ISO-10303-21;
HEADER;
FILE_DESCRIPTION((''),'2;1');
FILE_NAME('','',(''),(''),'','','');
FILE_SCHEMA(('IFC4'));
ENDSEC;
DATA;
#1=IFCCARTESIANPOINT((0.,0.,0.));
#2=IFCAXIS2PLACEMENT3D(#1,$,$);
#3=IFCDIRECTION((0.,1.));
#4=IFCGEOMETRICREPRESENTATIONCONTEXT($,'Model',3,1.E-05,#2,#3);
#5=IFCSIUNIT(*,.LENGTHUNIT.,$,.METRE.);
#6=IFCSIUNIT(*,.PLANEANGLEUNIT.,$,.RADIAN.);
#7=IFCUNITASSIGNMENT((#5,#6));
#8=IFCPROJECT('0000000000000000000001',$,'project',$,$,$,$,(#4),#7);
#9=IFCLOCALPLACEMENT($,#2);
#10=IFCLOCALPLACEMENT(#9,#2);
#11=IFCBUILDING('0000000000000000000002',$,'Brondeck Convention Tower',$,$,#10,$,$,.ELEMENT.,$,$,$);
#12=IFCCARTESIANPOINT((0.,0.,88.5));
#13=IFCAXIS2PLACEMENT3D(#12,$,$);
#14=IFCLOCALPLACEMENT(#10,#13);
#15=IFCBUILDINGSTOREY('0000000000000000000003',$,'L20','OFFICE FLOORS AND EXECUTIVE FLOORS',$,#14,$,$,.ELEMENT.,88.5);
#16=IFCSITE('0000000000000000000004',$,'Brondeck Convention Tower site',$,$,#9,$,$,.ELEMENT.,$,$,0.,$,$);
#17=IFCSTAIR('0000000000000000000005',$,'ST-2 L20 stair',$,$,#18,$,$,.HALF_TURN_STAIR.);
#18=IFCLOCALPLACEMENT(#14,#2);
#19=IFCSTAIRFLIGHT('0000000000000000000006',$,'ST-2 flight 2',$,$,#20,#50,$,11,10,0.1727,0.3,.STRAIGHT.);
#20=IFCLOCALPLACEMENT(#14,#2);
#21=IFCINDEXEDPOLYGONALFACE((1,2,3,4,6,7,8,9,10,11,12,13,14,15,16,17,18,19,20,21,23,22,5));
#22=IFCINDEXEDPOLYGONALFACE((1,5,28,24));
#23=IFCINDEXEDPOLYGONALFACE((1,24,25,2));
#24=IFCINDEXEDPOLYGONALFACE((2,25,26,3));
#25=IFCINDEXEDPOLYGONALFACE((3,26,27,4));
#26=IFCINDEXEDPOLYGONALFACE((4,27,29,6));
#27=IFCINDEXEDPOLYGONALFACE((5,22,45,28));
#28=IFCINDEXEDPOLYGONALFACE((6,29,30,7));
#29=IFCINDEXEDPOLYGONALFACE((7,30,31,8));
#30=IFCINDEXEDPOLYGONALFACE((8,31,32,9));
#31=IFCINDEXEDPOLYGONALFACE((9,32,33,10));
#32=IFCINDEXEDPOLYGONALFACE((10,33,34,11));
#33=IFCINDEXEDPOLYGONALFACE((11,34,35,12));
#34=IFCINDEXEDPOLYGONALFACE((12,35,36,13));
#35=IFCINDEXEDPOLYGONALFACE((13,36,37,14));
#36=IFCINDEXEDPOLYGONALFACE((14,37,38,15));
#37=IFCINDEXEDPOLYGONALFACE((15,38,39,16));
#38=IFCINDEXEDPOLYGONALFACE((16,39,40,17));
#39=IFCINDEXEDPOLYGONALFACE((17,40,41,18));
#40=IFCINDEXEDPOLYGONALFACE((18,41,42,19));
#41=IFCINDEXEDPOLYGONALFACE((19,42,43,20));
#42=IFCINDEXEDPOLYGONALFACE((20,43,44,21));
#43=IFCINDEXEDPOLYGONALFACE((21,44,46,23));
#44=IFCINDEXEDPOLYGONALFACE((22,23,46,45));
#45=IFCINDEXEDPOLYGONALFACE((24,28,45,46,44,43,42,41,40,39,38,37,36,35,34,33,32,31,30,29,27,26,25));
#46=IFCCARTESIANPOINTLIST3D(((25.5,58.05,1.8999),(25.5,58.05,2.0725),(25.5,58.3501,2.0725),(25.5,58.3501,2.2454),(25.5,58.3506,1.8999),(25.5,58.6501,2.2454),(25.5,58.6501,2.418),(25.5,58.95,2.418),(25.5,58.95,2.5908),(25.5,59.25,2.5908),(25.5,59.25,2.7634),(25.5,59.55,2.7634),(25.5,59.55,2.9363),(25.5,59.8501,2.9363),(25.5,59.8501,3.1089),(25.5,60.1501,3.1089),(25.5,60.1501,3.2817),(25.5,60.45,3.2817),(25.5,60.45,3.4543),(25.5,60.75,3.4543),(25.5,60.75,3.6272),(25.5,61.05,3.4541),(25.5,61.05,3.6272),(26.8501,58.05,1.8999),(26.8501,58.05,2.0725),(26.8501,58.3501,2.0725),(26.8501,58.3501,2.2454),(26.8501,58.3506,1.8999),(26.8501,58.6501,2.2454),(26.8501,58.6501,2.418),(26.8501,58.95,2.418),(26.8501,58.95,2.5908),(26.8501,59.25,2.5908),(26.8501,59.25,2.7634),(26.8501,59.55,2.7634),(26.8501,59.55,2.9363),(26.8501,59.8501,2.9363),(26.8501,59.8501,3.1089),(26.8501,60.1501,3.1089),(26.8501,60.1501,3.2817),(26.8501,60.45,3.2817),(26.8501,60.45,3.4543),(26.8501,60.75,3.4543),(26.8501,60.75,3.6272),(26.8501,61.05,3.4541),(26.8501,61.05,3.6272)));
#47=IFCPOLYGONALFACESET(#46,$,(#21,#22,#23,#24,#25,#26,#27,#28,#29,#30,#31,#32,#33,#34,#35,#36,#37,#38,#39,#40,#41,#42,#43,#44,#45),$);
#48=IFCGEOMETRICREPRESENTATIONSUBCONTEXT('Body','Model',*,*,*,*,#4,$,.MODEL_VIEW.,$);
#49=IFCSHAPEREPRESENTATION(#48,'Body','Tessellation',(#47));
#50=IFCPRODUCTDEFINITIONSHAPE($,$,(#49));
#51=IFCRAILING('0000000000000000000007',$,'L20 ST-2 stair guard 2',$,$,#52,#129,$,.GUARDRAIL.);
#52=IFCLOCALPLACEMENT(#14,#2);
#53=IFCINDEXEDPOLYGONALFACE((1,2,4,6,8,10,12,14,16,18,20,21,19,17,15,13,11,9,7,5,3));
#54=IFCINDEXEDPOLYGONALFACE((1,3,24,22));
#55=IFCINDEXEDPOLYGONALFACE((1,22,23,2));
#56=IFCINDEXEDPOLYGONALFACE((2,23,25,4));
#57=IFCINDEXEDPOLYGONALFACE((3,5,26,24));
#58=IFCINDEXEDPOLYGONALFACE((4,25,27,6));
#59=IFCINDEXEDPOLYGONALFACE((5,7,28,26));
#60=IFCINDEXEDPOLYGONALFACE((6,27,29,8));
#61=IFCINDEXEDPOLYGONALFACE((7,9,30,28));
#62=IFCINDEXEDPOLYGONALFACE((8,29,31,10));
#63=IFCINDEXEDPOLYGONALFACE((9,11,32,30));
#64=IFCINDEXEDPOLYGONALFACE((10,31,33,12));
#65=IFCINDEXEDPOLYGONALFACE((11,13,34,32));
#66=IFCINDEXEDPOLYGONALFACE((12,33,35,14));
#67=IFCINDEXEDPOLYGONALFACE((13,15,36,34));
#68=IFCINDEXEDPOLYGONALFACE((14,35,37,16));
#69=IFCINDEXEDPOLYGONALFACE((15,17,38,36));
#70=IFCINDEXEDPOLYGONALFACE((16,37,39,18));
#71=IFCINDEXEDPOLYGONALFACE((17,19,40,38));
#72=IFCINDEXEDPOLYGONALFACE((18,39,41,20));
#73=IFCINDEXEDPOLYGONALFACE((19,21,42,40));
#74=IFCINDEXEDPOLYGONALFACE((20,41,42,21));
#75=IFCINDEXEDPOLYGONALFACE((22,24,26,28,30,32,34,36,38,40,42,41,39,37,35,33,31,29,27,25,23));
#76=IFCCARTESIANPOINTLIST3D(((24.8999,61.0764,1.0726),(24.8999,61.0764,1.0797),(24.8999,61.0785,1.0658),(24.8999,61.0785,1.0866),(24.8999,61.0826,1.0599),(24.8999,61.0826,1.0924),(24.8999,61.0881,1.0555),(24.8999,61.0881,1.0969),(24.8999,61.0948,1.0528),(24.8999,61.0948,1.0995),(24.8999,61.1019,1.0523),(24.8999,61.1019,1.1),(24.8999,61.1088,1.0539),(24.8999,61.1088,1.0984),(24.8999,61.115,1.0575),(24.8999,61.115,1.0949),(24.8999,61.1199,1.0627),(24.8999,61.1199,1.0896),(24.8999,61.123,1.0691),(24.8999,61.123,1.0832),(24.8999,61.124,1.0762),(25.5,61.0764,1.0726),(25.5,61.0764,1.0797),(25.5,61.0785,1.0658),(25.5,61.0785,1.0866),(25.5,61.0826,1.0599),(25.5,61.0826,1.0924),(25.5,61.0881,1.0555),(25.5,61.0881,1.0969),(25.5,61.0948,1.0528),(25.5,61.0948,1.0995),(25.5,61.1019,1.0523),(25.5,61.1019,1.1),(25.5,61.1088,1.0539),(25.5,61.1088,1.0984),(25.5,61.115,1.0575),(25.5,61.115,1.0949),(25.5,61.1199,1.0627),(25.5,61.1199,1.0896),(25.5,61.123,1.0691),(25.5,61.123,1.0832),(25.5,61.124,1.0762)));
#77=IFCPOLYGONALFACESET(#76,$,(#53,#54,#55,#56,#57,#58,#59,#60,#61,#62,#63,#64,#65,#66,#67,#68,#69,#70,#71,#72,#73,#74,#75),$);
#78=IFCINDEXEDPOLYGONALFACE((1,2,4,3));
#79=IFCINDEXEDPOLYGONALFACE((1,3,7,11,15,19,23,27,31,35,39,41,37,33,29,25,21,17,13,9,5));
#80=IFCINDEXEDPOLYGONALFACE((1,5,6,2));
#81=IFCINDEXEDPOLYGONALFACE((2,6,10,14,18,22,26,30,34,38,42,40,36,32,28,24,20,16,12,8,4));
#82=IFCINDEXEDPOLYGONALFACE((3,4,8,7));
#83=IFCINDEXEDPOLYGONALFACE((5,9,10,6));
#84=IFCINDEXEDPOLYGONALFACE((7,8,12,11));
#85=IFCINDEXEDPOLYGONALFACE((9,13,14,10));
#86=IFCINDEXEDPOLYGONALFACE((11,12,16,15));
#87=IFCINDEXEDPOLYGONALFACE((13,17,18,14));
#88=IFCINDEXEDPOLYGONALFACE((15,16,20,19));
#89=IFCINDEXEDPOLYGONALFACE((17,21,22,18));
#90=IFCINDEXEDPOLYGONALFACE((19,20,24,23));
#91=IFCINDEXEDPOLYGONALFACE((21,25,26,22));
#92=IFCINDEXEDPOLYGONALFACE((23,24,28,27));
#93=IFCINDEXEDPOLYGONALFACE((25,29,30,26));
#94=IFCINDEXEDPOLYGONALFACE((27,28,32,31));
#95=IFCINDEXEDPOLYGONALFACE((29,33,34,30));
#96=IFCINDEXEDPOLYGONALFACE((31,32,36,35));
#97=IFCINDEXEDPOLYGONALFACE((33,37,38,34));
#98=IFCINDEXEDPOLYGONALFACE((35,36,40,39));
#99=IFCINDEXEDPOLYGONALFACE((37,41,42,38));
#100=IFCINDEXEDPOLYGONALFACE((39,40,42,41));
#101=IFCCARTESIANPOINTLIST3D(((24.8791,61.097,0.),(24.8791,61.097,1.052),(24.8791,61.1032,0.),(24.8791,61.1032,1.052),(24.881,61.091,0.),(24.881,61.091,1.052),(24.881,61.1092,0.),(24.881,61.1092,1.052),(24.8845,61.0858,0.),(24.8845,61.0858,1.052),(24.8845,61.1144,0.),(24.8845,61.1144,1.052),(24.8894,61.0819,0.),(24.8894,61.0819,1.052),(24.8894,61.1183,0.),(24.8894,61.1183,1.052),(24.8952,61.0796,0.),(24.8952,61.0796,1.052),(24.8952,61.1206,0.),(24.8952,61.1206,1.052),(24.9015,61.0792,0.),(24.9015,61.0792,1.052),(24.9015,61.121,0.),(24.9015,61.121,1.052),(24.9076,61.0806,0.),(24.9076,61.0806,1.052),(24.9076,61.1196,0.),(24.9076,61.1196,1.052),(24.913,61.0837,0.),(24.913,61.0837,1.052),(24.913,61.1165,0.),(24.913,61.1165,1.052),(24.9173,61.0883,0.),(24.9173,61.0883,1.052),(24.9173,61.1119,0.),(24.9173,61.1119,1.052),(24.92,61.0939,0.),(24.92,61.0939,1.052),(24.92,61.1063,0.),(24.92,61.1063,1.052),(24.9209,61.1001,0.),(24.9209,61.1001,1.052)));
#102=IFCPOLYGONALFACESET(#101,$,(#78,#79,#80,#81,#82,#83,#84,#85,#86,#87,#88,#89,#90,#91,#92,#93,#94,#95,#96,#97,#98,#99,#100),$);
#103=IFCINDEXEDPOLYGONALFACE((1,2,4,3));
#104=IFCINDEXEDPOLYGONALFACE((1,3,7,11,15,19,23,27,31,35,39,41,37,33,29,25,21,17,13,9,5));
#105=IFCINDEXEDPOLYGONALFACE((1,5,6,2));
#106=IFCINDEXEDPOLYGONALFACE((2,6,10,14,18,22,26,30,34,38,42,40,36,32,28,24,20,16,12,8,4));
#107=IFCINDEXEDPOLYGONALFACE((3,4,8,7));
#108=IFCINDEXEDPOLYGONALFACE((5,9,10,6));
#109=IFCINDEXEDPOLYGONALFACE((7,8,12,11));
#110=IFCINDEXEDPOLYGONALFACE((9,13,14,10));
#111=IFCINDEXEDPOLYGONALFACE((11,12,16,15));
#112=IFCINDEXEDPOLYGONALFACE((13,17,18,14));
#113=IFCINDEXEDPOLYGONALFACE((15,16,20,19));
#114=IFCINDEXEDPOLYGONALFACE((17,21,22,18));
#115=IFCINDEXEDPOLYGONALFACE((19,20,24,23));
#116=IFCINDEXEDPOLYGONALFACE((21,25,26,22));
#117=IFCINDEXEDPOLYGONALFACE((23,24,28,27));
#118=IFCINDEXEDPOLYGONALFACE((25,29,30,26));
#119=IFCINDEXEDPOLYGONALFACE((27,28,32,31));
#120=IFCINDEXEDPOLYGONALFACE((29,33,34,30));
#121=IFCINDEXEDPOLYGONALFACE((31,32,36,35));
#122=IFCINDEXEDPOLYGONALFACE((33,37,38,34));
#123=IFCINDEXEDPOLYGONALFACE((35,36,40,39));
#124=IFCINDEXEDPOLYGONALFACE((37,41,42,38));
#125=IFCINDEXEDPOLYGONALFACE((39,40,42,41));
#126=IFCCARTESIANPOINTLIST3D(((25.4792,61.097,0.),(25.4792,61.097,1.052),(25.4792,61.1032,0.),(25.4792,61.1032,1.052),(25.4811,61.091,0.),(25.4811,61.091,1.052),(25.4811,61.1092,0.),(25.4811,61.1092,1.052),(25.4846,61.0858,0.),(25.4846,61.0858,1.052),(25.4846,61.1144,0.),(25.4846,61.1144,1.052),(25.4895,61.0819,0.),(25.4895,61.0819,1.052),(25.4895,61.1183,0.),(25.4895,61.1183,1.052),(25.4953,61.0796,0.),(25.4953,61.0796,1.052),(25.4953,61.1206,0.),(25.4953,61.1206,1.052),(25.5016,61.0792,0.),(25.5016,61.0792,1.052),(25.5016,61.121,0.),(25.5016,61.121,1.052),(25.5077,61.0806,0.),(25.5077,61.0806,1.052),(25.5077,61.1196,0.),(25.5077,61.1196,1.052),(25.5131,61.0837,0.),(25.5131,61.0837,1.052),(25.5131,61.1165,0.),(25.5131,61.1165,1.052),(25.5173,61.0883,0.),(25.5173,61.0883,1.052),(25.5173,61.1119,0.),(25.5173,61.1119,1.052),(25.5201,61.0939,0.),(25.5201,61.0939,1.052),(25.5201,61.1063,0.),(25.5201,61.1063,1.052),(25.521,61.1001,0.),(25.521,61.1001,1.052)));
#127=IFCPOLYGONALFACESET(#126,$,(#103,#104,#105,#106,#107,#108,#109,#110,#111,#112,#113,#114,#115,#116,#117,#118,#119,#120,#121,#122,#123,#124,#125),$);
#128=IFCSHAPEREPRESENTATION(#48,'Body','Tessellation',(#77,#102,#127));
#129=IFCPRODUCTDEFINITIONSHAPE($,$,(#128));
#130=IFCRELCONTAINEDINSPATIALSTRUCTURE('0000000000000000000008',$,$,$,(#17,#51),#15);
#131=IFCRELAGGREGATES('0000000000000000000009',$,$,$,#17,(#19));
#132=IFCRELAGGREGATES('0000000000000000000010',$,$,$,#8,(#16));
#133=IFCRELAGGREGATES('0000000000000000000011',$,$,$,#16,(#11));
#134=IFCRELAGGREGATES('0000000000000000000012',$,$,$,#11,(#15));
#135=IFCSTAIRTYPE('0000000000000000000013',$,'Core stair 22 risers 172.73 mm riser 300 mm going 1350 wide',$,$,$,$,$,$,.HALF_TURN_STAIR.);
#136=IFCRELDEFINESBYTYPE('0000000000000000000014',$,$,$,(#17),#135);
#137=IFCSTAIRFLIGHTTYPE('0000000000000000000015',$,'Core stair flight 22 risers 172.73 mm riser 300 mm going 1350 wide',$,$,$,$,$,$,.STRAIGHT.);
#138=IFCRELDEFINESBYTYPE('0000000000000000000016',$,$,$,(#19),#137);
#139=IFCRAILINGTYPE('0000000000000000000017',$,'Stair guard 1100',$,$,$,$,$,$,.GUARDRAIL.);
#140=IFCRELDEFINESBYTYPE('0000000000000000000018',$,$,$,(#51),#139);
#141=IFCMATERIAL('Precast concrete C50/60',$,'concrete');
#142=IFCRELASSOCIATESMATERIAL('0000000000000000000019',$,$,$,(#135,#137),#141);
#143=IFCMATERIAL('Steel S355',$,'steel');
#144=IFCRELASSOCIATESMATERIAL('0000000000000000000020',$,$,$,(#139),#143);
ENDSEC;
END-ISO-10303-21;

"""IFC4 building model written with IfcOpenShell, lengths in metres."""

from ifc_helpers import new_model, si_unit, direction, frame, origin, origin_2d, place, context, subcontext, project, spatial, polyline, circle, outline, extrude, material, type_object, element, aggregate, save


model = new_model("IFC4")

# Units and contexts
model_context = context("Model", 3, precision=1e-05, world=origin(), true_north=direction((0.0, 1.0)))
body_context = subcontext(model_context, "Body", "Model", "MODEL_VIEW")
ifc_project = project(units=[si_unit("LENGTHUNIT", "METRE"), si_unit("PLANEANGLEUNIT", "RADIAN")], contexts=[model_context])

# Site, building, storey
site_placement = place(None, origin())
site = spatial("IfcSite", under=ifc_project, at=site_placement, Name="Brondeck Convention Tower site", CompositionType="ELEMENT", RefElevation=0.0)
building_placement = place(site_placement, origin())
building = spatial("IfcBuilding", under=site, at=building_placement, Name="Brondeck Convention Tower", CompositionType="ELEMENT")
storey_placement = place(building_placement, frame((0.0, 0.0, 88.5)))
storey = spatial("IfcBuildingStorey", under=building, at=storey_placement, Name="L20", Description="OFFICE FLOORS AND EXECUTIVE FLOORS", CompositionType="ELEMENT", Elevation=88.5)

# Shared definitions
ifc_material_1 = material(Name="Steel S355", Category="steel")

# Stair, stair flight
ifc_material_2 = material(Name="Precast concrete C50/60", Category="concrete")
stair_type = type_object("IfcStairType", Name="Core stair 22 risers 172.73 mm riser 300 mm going 1350 wide", PredefinedType="HALF_TURN_STAIR", material=ifc_material_2)
stair_placement = place(storey_placement, origin())
stair = element("IfcStair", 1, at=stair_placement, inside=storey, type_object=stair_type, Name="ST-2 L20 stair", PredefinedType="HALF_TURN_STAIR")
stair_flight_type = type_object("IfcStairFlightType", Name="Core stair flight 22 risers 172.73 mm riser 300 mm going 1350 wide", PredefinedType="STRAIGHT", material=ifc_material_2)
stair_flight_1_placement = place(storey_placement, frame((26.175, 58.05, 1.8999), z_axis=(0.0, 0.0, 1.0), x_axis=(0.0, 1.0, 0.0)))
stair_flight_1 = element("IfcStairFlight", 2, at=stair_flight_1_placement, type_object=stair_flight_type, Name="ST-2 flight 2", NumberOfRisers=11, NumberOfTreads=10, PredefinedType="STRAIGHT", RiserHeight=0.1727, TreadLength=0.3, context=body_context, shape_type="SweptSolid", body=[
    extrude(outline(polyline([(0.0, 0.0), (0.0, 0.1726), (0.3, 0.1726), (0.3, 0.3455), (0.6001, 0.3455), (0.6001, 0.5181), (0.8999, 0.5181), (0.8999, 0.6909), (1.2, 0.6909), (1.2, 0.8635), (1.5, 0.8635), (1.5, 1.0364), (1.8, 1.0364), (1.8, 1.209), (2.1001, 1.209), (2.1001, 1.3818), (2.3999, 1.3818), (2.3999, 1.5544), (2.7, 1.5544), (2.7, 1.7273), (3.0, 1.7273), (3.0, 1.8999), (3.0, 1.5542), (0.3005, 0.0), (0.0, 0.0)])), frame((0.0, 0.675, 0.0), z_axis=(0.0, -1.0, 0.0), x_axis=(1.0, 0.0, 0.0)), (0.0, 0.0, 1.0), 1.3501),
])
aggregate(stair, [stair_flight_1])

# Railing
railing_type_1 = type_object("IfcRailingType", Name="Stair guard 1100", PredefinedType="GUARDRAIL", material=ifc_material_1)
railing_1_placement = place(storey_placement, frame((24.8999, 61.1001, 0.0)))
element("IfcRailing", 3, at=railing_1_placement, inside=storey, type_object=railing_type_1, Name="L20 ST-2 stair guard 2", PredefinedType="GUARDRAIL", context=body_context, shape_type="SweptSolid", body=[
    extrude(circle(Radius=0.0239, at=origin_2d()), frame((0.0, 0.0, 1.0762), z_axis=(1.0, 0.0, 0.0), x_axis=(0.0, 1.0, 0.0)), (0.0, 0.0, 1.0), 0.6001),
    extrude(circle(Radius=0.021, at=origin_2d()), origin(), (0.0, 0.0, 1.0), 1.052),
    extrude(circle(Radius=0.021, at=origin_2d()), frame((0.6001, 0.0, 0.0)), (0.0, 0.0, 1.0), 1.052),
])

save(model, "model.ifc")
